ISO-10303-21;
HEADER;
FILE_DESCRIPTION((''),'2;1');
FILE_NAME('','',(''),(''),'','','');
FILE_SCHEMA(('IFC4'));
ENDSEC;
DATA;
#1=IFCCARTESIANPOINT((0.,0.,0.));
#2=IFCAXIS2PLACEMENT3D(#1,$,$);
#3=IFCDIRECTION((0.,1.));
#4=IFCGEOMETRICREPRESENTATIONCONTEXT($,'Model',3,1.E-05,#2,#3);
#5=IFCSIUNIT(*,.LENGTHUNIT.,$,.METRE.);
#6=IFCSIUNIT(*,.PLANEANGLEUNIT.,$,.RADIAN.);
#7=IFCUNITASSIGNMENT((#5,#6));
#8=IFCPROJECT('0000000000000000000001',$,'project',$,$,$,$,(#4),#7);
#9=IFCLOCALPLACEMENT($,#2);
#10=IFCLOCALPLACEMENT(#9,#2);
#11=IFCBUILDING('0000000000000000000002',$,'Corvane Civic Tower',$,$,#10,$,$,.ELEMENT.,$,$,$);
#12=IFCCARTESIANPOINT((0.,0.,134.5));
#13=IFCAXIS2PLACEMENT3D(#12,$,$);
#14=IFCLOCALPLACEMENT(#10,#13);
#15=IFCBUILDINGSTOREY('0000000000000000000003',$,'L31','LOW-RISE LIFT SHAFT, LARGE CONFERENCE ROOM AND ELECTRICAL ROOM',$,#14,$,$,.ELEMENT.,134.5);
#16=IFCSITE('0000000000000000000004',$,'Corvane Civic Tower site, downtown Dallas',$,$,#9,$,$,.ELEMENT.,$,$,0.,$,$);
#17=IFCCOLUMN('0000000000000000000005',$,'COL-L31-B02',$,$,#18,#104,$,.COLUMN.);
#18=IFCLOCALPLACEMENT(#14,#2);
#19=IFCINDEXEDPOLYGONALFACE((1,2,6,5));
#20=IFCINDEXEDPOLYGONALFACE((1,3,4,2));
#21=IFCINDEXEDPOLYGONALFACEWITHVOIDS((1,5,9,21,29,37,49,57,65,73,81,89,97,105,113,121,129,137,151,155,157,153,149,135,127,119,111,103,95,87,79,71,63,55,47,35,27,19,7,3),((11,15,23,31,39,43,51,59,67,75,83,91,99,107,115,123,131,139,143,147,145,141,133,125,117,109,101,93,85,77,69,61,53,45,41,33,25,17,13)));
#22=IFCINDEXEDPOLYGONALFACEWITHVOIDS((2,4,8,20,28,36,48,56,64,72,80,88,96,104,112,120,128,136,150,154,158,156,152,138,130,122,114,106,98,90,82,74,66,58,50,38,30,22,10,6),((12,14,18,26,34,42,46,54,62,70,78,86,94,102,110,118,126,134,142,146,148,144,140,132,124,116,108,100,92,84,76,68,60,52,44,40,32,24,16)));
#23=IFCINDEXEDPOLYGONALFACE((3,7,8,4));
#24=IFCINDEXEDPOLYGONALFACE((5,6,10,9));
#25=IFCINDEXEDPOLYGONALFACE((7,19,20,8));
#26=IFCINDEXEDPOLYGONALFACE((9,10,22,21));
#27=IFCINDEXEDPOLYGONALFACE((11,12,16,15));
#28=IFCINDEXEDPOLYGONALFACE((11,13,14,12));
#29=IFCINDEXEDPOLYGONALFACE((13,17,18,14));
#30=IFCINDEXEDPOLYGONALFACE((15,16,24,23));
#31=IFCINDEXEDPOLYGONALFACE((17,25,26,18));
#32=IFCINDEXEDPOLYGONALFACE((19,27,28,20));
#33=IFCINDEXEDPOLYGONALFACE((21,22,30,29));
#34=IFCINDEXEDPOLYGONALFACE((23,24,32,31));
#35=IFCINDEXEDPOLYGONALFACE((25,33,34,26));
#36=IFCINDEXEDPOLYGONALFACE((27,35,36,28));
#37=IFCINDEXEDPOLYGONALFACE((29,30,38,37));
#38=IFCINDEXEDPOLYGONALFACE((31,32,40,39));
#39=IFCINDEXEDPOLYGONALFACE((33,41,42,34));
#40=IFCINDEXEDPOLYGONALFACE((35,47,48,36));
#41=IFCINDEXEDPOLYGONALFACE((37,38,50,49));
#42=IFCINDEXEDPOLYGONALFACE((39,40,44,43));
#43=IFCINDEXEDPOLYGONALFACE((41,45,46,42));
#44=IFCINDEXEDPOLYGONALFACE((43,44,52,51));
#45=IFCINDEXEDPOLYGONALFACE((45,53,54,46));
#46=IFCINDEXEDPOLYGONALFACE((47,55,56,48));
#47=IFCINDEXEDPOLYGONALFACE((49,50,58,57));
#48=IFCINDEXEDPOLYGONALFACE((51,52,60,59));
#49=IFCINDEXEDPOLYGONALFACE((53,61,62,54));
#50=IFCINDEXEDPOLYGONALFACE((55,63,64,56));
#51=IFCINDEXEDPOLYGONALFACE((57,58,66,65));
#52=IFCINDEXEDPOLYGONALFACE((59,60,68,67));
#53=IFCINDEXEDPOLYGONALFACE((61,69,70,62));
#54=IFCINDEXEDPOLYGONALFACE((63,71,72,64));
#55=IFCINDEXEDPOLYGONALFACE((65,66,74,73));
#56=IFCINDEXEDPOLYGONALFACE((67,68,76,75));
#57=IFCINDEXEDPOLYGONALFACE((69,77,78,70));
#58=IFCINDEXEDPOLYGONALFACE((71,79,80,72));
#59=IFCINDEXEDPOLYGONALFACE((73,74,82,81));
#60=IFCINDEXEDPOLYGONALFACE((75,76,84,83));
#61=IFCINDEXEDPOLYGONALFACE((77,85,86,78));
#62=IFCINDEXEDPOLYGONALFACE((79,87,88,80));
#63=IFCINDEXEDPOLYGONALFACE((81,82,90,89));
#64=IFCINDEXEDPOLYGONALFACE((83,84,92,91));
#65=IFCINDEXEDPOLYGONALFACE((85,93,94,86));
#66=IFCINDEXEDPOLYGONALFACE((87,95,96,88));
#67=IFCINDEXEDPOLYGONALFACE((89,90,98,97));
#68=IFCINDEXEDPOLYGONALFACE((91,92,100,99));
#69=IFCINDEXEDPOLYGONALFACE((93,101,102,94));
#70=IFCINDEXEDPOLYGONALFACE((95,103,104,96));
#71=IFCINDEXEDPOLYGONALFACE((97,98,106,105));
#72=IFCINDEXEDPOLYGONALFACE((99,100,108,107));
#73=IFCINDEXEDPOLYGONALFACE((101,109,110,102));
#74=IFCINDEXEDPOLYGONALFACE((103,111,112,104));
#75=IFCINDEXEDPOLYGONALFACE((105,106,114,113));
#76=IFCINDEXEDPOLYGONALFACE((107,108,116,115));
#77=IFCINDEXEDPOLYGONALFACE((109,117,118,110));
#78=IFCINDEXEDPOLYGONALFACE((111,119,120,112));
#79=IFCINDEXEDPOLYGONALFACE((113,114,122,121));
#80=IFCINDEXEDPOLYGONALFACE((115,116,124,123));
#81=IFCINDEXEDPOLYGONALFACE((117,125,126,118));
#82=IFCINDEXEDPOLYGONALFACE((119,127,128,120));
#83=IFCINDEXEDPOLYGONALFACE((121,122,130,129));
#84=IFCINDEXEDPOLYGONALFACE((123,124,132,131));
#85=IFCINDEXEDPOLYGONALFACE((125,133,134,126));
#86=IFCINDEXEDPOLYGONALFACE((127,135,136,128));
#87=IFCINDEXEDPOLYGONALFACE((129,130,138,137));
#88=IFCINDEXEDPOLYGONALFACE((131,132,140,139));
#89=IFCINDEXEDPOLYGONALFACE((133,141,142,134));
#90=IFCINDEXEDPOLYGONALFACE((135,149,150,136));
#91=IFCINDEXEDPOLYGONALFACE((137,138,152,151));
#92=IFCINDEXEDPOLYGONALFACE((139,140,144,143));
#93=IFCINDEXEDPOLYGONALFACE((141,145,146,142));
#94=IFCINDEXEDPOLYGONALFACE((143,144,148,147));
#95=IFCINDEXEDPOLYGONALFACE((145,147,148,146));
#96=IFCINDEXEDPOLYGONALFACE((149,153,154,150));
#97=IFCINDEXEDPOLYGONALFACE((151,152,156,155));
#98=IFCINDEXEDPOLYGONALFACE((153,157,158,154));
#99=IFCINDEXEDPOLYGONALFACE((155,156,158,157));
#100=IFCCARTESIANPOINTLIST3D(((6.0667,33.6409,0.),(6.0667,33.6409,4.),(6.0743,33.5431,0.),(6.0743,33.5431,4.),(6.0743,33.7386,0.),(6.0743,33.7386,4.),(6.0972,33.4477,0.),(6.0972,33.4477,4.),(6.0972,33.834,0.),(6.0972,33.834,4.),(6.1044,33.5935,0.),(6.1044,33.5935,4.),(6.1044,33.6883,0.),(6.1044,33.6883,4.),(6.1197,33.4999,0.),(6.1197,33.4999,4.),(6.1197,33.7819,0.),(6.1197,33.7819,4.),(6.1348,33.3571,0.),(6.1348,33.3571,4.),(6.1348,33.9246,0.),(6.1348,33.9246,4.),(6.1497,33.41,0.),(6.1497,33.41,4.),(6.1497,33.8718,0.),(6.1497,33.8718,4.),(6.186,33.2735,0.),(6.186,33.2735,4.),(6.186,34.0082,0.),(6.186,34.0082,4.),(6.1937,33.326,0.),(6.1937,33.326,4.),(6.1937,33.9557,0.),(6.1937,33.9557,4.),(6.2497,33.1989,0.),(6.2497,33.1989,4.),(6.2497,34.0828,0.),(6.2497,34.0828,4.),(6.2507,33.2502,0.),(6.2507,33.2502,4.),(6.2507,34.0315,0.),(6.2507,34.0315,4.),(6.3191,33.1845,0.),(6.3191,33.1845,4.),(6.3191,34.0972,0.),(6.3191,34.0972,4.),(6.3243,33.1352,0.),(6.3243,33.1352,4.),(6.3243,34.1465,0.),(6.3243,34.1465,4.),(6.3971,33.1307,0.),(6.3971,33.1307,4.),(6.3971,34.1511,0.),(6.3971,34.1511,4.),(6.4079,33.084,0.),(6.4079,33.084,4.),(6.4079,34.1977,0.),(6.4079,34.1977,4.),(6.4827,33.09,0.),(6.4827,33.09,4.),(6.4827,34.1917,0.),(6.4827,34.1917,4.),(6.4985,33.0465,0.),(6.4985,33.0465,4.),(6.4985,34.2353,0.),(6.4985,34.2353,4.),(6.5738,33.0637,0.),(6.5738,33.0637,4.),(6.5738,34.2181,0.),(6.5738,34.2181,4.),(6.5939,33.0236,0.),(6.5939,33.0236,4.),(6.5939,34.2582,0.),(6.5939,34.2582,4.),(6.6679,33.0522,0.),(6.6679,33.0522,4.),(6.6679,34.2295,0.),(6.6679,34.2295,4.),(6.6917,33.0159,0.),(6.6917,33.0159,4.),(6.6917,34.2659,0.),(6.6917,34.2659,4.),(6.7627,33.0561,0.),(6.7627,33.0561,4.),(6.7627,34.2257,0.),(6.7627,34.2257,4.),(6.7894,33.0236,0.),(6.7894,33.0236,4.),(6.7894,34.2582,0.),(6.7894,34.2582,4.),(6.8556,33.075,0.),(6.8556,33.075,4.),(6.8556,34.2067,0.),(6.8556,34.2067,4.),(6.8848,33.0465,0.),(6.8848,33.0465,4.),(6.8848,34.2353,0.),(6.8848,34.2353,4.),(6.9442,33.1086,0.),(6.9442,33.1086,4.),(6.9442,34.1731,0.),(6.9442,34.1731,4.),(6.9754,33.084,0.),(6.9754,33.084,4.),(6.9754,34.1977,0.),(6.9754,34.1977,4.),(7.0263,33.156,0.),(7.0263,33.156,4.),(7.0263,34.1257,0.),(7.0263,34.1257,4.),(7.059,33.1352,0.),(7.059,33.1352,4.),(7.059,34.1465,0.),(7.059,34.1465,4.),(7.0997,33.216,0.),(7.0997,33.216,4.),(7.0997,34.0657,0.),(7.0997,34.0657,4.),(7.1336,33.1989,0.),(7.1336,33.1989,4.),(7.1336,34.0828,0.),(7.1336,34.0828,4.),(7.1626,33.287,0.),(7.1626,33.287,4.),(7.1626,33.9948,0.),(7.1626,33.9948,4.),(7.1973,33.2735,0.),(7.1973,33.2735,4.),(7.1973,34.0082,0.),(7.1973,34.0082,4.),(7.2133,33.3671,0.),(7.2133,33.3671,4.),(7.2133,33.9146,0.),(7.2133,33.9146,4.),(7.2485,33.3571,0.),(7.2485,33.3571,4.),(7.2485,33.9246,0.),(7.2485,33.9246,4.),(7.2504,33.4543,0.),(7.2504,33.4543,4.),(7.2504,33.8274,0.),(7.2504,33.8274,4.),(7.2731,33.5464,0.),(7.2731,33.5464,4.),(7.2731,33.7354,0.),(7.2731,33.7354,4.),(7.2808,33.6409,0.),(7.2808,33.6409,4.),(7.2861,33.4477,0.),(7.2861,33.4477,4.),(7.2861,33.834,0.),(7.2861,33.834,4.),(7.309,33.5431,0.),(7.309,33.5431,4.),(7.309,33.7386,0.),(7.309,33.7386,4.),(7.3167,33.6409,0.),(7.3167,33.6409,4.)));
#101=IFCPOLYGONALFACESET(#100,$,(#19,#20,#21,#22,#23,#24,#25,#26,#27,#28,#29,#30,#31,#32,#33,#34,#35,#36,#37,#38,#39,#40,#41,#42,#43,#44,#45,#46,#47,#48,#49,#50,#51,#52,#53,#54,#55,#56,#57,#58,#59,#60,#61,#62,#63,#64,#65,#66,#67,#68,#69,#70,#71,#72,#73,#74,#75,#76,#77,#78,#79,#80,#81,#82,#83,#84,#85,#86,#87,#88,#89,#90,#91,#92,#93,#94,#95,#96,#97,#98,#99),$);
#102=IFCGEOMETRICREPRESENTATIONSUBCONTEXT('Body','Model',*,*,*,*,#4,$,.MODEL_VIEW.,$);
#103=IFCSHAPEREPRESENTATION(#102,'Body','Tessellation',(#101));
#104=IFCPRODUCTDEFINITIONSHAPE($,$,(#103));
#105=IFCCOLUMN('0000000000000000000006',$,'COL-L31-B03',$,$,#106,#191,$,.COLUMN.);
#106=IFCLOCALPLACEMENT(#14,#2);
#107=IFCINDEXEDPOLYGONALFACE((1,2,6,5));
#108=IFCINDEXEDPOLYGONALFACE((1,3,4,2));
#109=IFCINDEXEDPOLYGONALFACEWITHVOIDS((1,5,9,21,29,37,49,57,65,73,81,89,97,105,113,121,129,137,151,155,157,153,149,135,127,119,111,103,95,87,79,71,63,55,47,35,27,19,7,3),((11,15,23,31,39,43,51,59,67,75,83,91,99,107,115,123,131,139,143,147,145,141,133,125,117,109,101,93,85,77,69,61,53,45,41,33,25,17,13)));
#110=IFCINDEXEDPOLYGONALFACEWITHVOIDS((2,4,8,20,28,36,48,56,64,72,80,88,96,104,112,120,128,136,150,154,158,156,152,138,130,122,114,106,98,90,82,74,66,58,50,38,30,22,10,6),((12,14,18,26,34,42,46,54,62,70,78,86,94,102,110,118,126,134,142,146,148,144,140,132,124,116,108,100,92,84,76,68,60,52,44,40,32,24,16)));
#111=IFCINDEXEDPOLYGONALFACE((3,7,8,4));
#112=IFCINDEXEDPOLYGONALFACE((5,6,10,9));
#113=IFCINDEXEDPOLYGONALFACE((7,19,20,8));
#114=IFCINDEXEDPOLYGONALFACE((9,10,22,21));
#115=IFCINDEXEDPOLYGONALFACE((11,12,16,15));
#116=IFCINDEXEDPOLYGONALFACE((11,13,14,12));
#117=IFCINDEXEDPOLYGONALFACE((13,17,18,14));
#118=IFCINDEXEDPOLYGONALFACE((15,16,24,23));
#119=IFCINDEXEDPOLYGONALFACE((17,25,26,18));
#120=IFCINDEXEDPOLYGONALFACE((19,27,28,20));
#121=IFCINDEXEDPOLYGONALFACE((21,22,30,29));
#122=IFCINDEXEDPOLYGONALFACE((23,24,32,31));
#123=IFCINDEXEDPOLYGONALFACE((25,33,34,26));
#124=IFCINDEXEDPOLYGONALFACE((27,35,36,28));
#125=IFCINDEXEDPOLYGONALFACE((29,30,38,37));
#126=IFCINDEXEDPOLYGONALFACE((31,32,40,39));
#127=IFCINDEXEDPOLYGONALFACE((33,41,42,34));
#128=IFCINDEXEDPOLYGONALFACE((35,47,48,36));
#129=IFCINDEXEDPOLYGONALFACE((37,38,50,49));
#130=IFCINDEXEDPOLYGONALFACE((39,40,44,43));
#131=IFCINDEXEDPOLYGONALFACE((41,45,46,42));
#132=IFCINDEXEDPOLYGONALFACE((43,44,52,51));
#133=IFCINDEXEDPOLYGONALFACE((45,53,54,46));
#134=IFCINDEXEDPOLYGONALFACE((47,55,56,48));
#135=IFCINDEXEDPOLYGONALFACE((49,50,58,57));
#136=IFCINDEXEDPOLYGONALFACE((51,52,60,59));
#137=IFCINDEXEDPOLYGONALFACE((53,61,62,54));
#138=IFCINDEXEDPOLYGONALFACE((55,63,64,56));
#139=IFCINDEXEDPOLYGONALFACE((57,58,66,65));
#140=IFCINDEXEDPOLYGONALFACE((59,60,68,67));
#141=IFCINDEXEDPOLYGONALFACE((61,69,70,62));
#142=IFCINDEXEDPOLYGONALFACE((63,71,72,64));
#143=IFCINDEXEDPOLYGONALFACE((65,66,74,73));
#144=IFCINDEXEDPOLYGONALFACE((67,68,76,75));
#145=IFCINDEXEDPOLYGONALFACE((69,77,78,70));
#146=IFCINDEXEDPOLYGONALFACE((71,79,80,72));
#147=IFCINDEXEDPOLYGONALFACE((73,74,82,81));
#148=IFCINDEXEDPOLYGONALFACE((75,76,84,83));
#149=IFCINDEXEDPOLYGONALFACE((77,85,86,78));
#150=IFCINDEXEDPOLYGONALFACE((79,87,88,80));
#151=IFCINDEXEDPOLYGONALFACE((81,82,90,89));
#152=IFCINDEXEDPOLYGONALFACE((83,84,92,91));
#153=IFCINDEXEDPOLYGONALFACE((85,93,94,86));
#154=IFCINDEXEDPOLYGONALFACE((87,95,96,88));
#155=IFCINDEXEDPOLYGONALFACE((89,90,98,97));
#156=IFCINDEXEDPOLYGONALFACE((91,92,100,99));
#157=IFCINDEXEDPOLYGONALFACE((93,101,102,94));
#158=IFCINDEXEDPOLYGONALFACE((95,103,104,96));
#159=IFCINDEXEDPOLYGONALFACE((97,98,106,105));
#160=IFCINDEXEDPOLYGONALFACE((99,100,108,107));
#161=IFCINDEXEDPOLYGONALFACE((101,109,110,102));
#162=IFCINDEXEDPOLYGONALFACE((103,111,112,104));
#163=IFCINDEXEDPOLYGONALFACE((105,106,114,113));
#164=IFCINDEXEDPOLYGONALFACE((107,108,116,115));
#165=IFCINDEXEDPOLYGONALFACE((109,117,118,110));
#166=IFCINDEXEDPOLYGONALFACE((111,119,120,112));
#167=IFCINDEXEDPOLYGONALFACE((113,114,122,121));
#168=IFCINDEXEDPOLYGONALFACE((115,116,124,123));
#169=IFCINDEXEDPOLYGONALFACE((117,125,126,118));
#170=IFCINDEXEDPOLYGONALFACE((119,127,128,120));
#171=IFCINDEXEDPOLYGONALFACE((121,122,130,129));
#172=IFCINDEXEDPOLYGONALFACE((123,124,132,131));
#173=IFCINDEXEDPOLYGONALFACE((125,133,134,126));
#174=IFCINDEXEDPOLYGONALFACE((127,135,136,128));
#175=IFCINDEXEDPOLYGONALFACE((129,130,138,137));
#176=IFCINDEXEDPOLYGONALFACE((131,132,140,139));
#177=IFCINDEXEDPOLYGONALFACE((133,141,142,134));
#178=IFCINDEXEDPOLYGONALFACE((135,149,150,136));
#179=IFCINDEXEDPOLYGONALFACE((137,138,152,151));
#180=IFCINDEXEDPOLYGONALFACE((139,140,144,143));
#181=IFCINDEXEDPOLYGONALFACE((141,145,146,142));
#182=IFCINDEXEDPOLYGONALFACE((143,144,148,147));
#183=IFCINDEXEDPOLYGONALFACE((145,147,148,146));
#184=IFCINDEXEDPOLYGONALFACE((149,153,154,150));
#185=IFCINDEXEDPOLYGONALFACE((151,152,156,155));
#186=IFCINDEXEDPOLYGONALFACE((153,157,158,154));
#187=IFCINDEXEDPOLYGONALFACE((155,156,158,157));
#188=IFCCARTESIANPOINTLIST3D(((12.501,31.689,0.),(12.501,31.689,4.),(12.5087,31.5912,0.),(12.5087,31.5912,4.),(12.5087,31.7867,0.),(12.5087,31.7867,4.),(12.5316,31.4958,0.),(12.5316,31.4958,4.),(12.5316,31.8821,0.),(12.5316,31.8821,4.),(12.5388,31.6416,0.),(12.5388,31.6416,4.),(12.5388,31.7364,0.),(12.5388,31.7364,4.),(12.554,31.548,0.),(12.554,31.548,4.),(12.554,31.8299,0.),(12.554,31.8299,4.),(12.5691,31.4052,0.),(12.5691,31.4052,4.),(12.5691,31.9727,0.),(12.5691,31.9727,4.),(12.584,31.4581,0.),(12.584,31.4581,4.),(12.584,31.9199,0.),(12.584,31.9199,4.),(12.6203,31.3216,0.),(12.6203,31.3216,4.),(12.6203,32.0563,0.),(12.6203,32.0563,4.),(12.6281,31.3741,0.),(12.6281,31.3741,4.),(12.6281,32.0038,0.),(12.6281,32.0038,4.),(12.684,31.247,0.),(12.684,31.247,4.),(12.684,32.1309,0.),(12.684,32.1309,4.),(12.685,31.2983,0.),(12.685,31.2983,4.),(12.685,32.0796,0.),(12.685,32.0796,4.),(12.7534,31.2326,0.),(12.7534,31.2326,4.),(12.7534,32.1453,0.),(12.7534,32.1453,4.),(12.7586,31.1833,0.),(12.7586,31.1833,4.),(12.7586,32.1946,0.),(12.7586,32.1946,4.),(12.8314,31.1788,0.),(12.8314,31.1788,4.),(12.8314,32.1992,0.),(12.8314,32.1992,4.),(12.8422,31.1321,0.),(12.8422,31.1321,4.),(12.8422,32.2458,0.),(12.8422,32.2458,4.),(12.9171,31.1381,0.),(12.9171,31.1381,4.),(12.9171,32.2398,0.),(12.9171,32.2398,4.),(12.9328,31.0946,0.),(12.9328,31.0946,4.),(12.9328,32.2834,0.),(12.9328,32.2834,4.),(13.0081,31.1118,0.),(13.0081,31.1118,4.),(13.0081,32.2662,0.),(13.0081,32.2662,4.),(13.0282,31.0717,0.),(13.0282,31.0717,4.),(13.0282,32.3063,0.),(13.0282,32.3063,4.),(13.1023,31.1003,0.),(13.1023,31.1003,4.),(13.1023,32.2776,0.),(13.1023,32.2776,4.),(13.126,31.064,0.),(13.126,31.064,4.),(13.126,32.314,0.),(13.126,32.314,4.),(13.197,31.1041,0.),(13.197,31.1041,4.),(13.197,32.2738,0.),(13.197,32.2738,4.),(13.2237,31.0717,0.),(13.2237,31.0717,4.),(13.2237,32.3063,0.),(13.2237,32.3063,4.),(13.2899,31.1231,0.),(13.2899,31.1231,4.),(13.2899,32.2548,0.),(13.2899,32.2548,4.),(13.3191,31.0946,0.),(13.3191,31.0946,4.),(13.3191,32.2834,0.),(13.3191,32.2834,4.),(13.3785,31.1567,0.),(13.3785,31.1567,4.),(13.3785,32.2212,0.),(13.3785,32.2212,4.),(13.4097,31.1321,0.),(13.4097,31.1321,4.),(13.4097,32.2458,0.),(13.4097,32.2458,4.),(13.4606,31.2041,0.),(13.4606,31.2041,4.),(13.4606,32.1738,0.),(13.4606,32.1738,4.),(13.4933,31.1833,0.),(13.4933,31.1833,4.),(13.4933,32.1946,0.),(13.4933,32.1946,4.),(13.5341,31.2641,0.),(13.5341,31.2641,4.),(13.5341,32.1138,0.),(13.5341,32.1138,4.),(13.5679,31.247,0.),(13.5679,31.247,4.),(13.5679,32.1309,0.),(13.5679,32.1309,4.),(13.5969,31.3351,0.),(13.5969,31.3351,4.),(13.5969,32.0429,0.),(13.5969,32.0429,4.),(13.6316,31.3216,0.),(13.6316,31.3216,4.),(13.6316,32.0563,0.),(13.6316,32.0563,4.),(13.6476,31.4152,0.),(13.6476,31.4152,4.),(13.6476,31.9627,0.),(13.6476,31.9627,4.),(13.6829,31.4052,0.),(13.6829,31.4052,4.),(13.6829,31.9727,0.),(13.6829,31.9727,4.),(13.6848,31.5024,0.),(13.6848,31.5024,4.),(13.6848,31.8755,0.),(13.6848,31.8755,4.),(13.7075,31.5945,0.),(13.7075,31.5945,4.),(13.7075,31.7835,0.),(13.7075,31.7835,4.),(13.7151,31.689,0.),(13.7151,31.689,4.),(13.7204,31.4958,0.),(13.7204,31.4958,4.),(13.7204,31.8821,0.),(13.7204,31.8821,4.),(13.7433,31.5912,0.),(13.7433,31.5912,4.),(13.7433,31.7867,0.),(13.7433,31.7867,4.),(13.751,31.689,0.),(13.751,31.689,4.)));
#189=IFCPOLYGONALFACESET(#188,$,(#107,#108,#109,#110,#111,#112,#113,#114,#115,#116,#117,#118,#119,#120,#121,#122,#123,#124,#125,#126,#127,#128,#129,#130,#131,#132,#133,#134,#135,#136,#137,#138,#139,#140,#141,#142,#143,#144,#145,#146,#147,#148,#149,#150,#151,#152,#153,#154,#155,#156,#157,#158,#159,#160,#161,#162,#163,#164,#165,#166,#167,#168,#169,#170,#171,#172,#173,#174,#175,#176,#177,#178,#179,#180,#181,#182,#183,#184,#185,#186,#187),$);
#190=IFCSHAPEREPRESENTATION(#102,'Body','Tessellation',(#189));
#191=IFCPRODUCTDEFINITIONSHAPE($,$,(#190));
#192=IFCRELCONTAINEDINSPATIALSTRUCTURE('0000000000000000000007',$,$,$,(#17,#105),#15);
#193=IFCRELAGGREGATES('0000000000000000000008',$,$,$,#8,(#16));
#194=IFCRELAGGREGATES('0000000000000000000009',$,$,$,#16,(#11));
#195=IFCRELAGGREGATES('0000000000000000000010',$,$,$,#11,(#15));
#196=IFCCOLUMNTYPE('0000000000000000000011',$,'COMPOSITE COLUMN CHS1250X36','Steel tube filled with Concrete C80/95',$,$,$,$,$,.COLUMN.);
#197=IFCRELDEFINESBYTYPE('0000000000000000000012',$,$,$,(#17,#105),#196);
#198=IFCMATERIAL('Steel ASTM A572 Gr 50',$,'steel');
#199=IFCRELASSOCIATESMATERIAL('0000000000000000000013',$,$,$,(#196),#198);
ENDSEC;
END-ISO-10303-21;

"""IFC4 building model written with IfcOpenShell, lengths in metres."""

from ifc_helpers import new_model, si_unit, direction, frame, origin, origin_2d, place, context, subcontext, project, spatial, hollow_circle, extrude, material, material_profile, profile_set, type_object, element, save


model = new_model("IFC4")

# Units and contexts
model_context = context("Model", 3, precision=1e-05, world=origin(), true_north=direction((0.0, 1.0)))
body_context = subcontext(model_context, "Body", "Model", "MODEL_VIEW")
ifc_project = project(units=[si_unit("LENGTHUNIT", "METRE"), si_unit("PLANEANGLEUNIT", "RADIAN")], contexts=[model_context])

# Site, building, storey
site_placement = place(None, origin())
site = spatial("IfcSite", under=ifc_project, at=site_placement, Name="Corvane Civic Tower site, downtown Dallas", CompositionType="ELEMENT", RefElevation=0.0)
building_placement = place(site_placement, origin())
building = spatial("IfcBuilding", under=site, at=building_placement, Name="Corvane Civic Tower", CompositionType="ELEMENT")
storey_placement = place(building_placement, frame((0.0, 0.0, 134.5)))
storey = spatial("IfcBuildingStorey", under=building, at=storey_placement, Name="L31", Description="LOW-RISE LIFT SHAFT, LARGE CONFERENCE ROOM AND ELECTRICAL ROOM", CompositionType="ELEMENT", Elevation=134.5)

# Columns
ifc_material_1 = material(Name="Steel ASTM A572 Gr 50", Category="steel")
ifc_material_profile_1 = material_profile(ifc_material_1, hollow_circle(Radius=0.625, WallThickness=0.0359, at=origin_2d()), Name="CHS1250X36")
ifc_profile_set_1 = profile_set([ifc_material_profile_1], Name="Steel ASTM A572 Gr 50")
column_type = type_object("IfcColumnType", Name="COMPOSITE COLUMN CHS1250X36", Description="Steel tube filled with Concrete C80/95", PredefinedType="COLUMN", material=ifc_profile_set_1)
for number, where, z_axis, x_axis, name in (
    (1, (6.6917, 33.6409, 0.0), (0.0, 0.0, 1.0), (1.0, 0.0, 0.0), "COL-L31-B02"),
    (2, (13.126, 31.689, 0.0), (0.0, 0.0, 1.0), (1.0, 0.0, 0.0), "COL-L31-B03"),
):
    element("IfcColumn", number, at=place(storey_placement, frame(where, z_axis=z_axis, x_axis=x_axis)), inside=storey, type_object=column_type, Name=name, PredefinedType="COLUMN", context=body_context, shape_type="SweptSolid", body=[
        extrude(hollow_circle(Radius=0.625, WallThickness=0.0359, at=origin_2d()), origin(), (0.0, 0.0, 1.0), 4.0),
    ])

save(model, "model.ifc")
